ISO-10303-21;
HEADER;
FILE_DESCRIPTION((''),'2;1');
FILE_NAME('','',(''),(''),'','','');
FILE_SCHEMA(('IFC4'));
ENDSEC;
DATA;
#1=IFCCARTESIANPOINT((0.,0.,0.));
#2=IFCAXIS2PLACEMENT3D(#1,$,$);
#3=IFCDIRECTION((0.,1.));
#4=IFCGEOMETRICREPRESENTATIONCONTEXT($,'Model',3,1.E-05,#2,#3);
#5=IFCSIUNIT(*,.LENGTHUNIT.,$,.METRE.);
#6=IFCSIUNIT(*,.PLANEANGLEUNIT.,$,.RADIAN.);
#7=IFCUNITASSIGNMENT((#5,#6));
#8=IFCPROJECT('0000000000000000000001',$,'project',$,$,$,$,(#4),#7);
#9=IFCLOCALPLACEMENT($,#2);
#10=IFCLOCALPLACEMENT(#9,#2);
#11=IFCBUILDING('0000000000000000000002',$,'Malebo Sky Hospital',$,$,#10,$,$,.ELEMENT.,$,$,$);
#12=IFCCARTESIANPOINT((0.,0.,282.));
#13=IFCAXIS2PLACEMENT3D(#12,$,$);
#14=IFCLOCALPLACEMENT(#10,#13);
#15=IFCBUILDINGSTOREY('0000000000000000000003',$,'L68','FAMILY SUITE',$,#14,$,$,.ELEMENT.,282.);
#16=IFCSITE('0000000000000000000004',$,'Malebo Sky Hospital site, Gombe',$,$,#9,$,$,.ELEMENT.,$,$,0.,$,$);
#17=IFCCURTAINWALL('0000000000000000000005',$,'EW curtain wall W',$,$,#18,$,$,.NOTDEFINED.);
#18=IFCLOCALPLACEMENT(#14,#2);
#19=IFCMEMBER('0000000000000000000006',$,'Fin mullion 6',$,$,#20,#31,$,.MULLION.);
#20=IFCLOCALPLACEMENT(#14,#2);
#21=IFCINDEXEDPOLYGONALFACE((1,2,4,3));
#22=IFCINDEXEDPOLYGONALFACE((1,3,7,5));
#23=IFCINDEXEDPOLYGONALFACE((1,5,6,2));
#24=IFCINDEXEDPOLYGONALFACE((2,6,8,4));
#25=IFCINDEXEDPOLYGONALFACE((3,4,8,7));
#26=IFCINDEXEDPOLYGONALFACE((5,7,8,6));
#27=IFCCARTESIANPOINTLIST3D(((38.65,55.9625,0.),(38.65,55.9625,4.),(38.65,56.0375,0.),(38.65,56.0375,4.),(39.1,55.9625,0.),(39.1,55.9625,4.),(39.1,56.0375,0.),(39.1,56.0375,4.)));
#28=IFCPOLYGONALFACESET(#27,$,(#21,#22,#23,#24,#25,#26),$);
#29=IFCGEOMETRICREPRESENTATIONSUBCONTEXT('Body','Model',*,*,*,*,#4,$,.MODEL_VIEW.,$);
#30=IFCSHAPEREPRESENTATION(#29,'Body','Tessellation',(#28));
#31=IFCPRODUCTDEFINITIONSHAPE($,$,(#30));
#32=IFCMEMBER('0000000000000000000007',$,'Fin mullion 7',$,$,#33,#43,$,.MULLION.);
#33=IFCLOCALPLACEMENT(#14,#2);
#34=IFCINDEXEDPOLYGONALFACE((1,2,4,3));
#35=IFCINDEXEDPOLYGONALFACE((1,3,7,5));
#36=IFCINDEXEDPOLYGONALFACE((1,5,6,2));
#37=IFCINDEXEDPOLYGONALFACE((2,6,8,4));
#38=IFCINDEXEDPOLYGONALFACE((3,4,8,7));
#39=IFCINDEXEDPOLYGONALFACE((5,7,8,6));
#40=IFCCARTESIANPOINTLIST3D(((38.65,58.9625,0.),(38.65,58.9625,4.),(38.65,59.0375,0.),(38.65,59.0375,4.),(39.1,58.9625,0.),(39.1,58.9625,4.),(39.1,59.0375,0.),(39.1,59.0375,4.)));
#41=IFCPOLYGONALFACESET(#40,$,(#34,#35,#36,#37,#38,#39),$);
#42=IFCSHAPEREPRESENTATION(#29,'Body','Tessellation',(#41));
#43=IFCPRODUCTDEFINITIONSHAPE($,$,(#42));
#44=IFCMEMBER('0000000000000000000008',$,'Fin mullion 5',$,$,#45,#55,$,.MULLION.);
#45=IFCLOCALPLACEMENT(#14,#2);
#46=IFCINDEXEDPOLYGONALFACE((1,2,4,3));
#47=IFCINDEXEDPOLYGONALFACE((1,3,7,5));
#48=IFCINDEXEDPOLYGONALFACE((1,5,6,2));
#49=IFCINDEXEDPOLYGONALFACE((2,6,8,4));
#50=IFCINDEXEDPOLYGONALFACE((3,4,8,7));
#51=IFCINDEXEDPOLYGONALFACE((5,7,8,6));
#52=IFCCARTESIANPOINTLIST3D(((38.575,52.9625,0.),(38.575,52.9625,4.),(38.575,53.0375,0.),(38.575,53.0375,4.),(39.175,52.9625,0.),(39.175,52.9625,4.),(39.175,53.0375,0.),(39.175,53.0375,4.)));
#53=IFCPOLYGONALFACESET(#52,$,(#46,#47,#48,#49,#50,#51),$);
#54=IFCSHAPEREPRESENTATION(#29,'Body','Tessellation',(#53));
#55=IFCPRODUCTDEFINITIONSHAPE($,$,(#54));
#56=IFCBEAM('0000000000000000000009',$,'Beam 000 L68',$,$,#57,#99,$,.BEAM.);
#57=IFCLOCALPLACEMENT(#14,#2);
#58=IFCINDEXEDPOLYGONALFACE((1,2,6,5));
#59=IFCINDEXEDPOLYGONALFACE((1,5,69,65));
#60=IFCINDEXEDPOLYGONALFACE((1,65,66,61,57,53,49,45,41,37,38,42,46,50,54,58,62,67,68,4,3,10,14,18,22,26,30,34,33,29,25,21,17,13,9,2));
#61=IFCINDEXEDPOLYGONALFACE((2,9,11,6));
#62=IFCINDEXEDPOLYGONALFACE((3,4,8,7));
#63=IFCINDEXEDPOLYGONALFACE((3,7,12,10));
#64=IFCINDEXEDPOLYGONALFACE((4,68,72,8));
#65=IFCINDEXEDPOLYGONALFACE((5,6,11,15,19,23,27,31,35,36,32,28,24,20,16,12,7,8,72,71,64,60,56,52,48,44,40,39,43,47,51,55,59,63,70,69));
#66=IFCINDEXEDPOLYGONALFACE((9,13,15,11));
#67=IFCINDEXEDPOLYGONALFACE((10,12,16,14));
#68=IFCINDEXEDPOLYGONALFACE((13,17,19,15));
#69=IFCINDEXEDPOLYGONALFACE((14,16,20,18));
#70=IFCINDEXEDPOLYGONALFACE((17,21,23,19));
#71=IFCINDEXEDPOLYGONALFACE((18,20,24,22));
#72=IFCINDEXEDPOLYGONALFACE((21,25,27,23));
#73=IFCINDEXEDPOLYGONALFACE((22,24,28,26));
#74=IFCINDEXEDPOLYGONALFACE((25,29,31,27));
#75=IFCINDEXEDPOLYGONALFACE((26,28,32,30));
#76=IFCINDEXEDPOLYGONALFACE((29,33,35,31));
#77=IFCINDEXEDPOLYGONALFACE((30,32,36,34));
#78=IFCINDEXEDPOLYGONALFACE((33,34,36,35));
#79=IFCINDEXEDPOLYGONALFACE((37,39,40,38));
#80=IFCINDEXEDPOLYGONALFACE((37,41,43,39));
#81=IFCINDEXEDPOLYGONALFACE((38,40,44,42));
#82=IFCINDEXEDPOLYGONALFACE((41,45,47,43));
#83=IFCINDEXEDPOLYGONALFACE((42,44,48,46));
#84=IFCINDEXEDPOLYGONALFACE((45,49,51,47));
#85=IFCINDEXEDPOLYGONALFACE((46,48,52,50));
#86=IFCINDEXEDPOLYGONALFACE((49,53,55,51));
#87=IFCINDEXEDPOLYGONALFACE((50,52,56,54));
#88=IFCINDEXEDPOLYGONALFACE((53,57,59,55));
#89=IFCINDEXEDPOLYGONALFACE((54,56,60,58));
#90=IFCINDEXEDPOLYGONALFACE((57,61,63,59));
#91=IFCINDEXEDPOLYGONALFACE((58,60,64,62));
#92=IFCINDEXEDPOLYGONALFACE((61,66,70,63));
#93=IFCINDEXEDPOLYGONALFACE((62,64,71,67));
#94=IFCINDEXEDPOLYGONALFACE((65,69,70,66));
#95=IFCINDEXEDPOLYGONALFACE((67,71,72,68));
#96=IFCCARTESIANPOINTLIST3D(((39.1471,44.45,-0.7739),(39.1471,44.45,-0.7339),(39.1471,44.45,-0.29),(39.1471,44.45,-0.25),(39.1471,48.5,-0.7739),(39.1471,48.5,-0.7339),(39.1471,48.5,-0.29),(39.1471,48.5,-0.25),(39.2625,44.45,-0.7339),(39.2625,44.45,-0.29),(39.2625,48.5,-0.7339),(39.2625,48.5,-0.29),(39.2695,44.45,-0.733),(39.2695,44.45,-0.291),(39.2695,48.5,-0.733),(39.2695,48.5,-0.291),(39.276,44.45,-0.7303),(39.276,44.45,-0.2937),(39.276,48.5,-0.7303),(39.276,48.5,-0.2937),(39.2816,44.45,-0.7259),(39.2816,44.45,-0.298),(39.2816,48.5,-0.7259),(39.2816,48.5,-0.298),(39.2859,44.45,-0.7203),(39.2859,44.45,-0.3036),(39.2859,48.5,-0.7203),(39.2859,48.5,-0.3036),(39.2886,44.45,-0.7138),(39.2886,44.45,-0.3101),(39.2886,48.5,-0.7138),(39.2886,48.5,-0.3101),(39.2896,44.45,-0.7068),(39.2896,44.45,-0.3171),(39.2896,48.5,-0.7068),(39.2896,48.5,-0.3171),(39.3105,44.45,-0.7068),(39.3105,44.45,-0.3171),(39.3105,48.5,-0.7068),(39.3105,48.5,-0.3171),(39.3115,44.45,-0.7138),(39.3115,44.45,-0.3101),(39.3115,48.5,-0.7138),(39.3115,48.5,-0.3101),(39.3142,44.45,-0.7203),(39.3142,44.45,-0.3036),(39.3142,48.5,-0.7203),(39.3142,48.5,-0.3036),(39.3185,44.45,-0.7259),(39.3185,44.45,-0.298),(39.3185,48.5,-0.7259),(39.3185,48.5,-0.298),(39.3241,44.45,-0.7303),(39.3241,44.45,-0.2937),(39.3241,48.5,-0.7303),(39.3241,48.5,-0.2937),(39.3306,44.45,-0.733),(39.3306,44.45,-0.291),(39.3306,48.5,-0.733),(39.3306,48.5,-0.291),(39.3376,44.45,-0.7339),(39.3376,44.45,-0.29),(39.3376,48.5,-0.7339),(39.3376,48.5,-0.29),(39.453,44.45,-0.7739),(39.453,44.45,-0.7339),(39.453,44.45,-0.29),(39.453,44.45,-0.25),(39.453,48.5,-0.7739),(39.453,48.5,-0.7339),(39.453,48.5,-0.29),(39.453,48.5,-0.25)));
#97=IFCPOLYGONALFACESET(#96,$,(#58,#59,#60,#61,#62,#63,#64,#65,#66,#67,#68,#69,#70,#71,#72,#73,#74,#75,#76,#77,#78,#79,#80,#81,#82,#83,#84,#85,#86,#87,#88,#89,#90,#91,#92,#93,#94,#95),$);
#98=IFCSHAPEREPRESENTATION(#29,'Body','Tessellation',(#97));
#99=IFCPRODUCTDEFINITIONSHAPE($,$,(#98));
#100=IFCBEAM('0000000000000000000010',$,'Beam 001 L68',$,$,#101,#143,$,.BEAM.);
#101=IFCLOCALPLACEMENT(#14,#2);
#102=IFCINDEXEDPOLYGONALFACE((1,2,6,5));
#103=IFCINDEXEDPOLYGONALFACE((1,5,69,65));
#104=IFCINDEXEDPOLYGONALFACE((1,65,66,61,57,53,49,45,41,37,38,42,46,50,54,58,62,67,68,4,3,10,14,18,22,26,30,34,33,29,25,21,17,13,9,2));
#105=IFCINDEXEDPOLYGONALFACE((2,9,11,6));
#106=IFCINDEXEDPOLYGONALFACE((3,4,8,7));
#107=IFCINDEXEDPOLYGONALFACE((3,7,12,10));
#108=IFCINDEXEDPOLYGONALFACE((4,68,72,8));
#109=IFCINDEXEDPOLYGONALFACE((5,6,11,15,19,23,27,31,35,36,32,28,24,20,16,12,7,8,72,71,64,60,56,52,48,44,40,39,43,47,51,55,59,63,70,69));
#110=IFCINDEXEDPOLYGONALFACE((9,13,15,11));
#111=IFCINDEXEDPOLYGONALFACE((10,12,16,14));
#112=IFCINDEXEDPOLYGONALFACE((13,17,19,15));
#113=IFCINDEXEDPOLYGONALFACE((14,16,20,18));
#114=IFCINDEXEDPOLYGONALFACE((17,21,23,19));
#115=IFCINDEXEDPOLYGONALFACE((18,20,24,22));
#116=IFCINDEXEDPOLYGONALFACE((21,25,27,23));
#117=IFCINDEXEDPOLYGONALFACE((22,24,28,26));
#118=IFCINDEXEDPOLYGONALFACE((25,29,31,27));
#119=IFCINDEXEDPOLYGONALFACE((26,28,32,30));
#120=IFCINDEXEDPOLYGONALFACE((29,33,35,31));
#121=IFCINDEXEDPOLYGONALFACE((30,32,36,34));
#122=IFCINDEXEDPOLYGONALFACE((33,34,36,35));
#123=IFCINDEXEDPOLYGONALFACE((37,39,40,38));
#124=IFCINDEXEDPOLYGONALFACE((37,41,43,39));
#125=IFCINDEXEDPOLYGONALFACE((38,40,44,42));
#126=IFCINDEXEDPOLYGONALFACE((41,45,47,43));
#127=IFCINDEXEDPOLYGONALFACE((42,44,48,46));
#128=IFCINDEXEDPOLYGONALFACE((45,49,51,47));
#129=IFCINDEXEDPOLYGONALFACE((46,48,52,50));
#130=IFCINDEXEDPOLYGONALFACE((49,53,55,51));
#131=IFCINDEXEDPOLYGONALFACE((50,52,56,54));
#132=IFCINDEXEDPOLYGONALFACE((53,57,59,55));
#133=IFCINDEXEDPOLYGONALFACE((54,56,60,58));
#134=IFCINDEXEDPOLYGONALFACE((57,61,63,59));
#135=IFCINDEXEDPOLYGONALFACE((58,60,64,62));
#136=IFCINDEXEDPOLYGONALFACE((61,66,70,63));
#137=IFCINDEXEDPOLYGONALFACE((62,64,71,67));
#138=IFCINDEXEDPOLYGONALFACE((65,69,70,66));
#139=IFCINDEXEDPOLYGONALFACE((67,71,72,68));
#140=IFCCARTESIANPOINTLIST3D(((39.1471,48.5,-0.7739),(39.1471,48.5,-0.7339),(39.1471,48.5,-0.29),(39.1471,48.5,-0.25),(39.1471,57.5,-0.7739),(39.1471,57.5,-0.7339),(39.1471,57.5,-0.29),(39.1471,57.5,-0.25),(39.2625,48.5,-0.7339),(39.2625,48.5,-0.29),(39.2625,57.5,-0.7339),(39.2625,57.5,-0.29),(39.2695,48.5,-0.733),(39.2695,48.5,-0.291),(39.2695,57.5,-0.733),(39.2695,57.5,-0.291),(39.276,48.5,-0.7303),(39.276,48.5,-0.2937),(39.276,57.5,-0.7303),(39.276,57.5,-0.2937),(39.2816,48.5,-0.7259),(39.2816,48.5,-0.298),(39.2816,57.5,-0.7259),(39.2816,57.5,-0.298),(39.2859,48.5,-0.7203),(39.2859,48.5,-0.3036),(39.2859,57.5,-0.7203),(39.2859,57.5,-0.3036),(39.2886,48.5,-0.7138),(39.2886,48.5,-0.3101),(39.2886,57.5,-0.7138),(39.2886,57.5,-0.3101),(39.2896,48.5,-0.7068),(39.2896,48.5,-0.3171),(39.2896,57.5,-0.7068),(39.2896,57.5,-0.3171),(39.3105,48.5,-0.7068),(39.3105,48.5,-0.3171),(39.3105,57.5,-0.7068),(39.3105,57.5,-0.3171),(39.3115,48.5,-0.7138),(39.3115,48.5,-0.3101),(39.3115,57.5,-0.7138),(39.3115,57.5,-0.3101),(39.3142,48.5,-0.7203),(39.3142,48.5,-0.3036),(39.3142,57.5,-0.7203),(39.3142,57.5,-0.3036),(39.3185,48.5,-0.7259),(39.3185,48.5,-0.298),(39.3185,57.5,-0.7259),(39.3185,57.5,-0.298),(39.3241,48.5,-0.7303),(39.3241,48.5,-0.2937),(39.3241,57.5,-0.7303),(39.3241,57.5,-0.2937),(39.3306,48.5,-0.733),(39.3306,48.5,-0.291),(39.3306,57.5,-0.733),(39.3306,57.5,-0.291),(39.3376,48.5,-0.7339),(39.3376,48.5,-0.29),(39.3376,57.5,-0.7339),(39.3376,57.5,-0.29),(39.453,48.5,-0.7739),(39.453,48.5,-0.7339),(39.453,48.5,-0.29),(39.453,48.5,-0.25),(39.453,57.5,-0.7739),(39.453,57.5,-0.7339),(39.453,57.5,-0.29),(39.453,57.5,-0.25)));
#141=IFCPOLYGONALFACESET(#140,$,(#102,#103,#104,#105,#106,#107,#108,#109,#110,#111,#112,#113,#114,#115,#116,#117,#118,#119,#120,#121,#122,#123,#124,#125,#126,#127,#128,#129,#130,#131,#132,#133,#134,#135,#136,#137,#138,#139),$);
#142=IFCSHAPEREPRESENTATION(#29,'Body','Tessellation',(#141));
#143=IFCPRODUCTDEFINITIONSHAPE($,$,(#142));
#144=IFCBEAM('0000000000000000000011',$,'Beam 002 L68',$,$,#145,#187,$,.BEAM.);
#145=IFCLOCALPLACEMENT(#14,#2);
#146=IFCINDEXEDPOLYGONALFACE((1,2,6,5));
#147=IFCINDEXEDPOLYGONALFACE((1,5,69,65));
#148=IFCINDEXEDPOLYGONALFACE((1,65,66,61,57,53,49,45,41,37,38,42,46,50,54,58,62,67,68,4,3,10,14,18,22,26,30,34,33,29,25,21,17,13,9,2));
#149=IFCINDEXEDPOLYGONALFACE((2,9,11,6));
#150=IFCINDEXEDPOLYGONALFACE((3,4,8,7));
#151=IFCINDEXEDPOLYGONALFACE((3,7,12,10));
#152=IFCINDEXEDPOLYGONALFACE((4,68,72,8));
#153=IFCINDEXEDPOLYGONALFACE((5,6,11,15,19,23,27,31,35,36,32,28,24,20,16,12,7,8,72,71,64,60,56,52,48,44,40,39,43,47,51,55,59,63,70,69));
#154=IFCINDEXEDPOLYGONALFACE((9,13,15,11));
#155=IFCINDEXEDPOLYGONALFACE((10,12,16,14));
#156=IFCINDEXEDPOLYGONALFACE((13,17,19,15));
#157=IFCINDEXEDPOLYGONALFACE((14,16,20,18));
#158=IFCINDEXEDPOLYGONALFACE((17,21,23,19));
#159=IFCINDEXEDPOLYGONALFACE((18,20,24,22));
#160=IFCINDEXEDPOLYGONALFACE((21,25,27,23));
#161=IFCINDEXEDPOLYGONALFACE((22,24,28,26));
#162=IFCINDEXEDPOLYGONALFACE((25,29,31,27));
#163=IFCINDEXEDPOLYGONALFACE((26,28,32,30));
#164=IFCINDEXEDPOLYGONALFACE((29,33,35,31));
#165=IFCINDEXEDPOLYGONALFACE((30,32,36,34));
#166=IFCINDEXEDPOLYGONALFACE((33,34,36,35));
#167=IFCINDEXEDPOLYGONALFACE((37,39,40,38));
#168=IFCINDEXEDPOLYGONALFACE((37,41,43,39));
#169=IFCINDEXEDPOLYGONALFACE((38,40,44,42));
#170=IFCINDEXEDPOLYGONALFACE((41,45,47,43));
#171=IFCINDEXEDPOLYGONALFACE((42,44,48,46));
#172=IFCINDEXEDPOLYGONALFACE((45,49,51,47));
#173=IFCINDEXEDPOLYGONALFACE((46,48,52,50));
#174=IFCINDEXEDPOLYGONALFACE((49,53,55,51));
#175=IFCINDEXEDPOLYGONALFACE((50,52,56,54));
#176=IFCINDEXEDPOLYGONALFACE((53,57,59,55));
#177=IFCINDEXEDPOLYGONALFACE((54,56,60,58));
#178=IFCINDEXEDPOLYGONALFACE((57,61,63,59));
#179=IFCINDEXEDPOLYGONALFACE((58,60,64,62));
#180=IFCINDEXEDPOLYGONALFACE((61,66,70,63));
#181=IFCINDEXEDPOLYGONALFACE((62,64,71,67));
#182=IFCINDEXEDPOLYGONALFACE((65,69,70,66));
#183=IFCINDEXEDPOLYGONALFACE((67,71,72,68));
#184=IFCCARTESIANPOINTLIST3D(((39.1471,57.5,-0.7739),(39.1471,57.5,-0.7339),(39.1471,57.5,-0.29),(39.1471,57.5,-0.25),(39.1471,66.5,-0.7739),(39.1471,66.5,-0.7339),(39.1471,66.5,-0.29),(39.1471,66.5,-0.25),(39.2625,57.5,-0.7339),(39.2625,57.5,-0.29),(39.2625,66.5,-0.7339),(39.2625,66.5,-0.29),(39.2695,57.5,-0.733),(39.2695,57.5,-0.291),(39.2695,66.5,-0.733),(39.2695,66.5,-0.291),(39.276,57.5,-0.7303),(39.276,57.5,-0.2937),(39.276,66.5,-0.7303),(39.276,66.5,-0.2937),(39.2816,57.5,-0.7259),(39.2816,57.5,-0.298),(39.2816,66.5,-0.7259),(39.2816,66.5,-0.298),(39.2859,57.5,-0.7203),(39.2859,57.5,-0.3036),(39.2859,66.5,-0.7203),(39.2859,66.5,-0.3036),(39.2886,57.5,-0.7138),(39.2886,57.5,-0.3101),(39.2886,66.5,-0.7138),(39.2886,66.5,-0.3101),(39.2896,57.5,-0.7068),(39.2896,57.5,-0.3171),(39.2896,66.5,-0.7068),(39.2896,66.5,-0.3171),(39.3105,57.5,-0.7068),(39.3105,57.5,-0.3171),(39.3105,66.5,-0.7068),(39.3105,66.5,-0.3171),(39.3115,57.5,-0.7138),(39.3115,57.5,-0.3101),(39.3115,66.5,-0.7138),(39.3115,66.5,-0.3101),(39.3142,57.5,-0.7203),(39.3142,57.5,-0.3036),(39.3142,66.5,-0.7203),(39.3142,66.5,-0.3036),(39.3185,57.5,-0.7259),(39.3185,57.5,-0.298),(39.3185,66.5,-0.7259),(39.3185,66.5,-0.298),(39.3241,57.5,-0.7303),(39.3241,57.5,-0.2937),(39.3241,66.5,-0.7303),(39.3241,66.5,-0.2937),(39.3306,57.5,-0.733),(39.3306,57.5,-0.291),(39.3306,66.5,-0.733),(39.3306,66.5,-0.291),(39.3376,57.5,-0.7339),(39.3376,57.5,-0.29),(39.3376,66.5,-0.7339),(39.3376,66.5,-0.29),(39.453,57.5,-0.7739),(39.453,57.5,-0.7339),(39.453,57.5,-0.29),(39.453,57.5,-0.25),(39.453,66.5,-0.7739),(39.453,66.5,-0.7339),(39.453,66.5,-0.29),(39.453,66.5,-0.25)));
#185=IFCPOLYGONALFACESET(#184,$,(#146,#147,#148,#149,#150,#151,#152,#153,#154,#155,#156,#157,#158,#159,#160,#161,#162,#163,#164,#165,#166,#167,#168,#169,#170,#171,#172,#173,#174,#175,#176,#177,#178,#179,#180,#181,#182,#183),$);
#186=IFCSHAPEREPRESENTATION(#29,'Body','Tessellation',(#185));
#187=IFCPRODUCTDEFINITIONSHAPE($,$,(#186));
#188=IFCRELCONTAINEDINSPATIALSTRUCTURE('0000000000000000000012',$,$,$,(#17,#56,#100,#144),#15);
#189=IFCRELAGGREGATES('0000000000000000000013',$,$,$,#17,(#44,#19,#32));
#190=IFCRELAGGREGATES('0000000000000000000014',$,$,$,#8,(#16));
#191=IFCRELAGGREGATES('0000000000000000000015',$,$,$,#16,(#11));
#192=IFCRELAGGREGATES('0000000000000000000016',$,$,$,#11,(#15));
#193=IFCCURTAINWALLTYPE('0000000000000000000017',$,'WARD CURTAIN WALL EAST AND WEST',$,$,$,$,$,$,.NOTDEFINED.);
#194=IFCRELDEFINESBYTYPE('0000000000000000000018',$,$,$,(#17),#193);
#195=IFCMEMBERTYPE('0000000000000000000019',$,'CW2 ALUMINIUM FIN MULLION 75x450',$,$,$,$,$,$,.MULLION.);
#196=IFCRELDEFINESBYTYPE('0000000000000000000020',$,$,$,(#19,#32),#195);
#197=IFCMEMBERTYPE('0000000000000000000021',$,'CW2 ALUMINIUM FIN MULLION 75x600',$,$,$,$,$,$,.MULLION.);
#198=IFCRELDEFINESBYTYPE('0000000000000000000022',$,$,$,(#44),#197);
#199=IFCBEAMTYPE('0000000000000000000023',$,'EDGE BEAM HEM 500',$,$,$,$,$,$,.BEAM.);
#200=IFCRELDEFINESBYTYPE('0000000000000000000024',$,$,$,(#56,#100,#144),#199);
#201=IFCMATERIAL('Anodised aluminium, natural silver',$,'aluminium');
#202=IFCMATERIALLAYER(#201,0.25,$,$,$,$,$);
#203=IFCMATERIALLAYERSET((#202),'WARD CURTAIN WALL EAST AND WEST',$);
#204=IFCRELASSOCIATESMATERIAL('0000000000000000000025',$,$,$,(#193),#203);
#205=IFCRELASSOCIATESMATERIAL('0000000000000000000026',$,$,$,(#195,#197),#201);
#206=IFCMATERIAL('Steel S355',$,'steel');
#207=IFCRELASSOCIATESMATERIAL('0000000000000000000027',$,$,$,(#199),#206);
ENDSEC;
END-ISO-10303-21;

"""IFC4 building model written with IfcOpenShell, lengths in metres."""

from ifc_helpers import new_model, si_unit, direction, frame, origin, origin_2d, place, context, subcontext, project, spatial, rectangle, i_section, extrude, material, layer, layer_set, material_profile, profile_set, type_object, element, aggregate, save


model = new_model("IFC4")

# Units and contexts
model_context = context("Model", 3, precision=1e-05, world=origin(), true_north=direction((0.0, 1.0)))
body_context = subcontext(model_context, "Body", "Model", "MODEL_VIEW")
ifc_project = project(units=[si_unit("LENGTHUNIT", "METRE"), si_unit("PLANEANGLEUNIT", "RADIAN")], contexts=[model_context])

# Site, building, storey
site_placement = place(None, origin())
site = spatial("IfcSite", under=ifc_project, at=site_placement, Name="Malebo Sky Hospital site, Gombe", CompositionType="ELEMENT", RefElevation=0.0)
building_placement = place(site_placement, origin())
building = spatial("IfcBuilding", under=site, at=building_placement, Name="Malebo Sky Hospital", CompositionType="ELEMENT")
storey_placement = place(building_placement, frame((0.0, 0.0, 282.0)))
storey = spatial("IfcBuildingStorey", under=building, at=storey_placement, Name="L68", Description="FAMILY SUITE", CompositionType="ELEMENT", Elevation=282.0)

# Curtain wall
ifc_material_1 = material(Name="Anodised aluminium, natural silver", Category="aluminium")
ifc_layer_1 = layer(ifc_material_1, 0.25)
ifc_layer_set_1 = layer_set([ifc_layer_1], Name="WARD CURTAIN WALL EAST AND WEST")
curtain_wall_type = type_object("IfcCurtainWallType", Name="WARD CURTAIN WALL EAST AND WEST", PredefinedType="NOTDEFINED", material=ifc_layer_set_1)
curtain_wall_placement = place(storey_placement, origin())
curtain_wall = element("IfcCurtainWall", 1, at=curtain_wall_placement, inside=storey, type_object=curtain_wall_type, Name="EW curtain wall W", PredefinedType="NOTDEFINED")

# Members
ifc_material_2 = material(Name="Steel S355", Category="steel")
ifc_material_profile_1 = material_profile(ifc_material_1, rectangle(XDim=0.075, YDim=0.45, at=origin_2d()), Name="CW2 ALUMINIUM FIN MULLION 75x450")
ifc_profile_set_1 = profile_set([ifc_material_profile_1], Name="Anodised aluminium, natural silver")
member_type_1 = type_object("IfcMemberType", Name="CW2 ALUMINIUM FIN MULLION 75x450", PredefinedType="MULLION", material=ifc_profile_set_1)
member_1_placement = place(storey_placement, frame((38.875, 56.0, 0.0), z_axis=(0.0, 0.0, 1.0), x_axis=(0.0, 1.0, 0.0)))
member_1 = element("IfcMember", 2, at=member_1_placement, type_object=member_type_1, Name="Fin mullion 6", PredefinedType="MULLION", context=body_context, shape_type="SweptSolid", body=[
    extrude(rectangle(XDim=0.075, YDim=0.45, at=origin_2d()), origin(), (0.0, 0.0, 1.0), 4.0),
])
member_2_placement = place(storey_placement, frame((38.875, 59.0, 0.0), z_axis=(0.0, 0.0, 1.0), x_axis=(0.0, 1.0, 0.0)))
member_2 = element("IfcMember", 3, at=member_2_placement, type_object=member_type_1, Name="Fin mullion 7", PredefinedType="MULLION", context=body_context, shape_type="SweptSolid", body=[
    extrude(rectangle(XDim=0.075, YDim=0.45, at=origin_2d()), origin(), (0.0, 0.0, 1.0), 4.0),
])
ifc_material_profile_2 = material_profile(ifc_material_1, rectangle(XDim=0.075, YDim=0.6001, at=origin_2d()), Name="CW2 ALUMINIUM FIN MULLION 75x600")
ifc_profile_set_2 = profile_set([ifc_material_profile_2], Name="Anodised aluminium, natural silver")
member_type_2 = type_object("IfcMemberType", Name="CW2 ALUMINIUM FIN MULLION 75x600", PredefinedType="MULLION", material=ifc_profile_set_2)
member_3_placement = place(storey_placement, frame((38.875, 53.0, 0.0), z_axis=(0.0, 0.0, 1.0), x_axis=(0.0, 1.0, 0.0)))
member_3 = element("IfcMember", 4, at=member_3_placement, type_object=member_type_2, Name="Fin mullion 5", PredefinedType="MULLION", context=body_context, shape_type="SweptSolid", body=[
    extrude(rectangle(XDim=0.075, YDim=0.6001, at=origin_2d()), origin(), (0.0, 0.0, 1.0), 4.0),
])

# Beams
ifc_material_profile_3 = material_profile(ifc_material_2, i_section(OverallWidth=0.3059, OverallDepth=0.5239, WebThickness=0.021, FlangeThickness=0.04, FilletRadius=0.0271, at=origin_2d()), Name="HEM 500")
ifc_profile_set_3 = profile_set([ifc_material_profile_3], Name="Steel S355")
beam_type_1 = type_object("IfcBeamType", Name="EDGE BEAM HEM 500", PredefinedType="BEAM", material=ifc_profile_set_3)
beam_1_placement = place(storey_placement, frame((39.3, 44.45, -0.512), z_axis=(0.0, 1.0, 0.0), x_axis=(-1.0, 0.0, 0.0)))
element("IfcBeam", 5, at=beam_1_placement, inside=storey, type_object=beam_type_1, Name="Beam 000 L68", PredefinedType="BEAM", context=body_context, shape_type="SweptSolid", body=[
    extrude(i_section(OverallWidth=0.3059, OverallDepth=0.5239, WebThickness=0.021, FlangeThickness=0.04, FilletRadius=0.0271, at=origin_2d()), origin(), (0.0, 0.0, 1.0), 4.05),
])
for number, where, z_axis, x_axis, name in (
    (6, (39.3, 48.5, -0.512), (0.0, 1.0, 0.0), (-1.0, 0.0, 0.0), "Beam 001 L68"),
    (7, (39.3, 57.5, -0.512), (0.0, 1.0, 0.0), (-1.0, 0.0, 0.0), "Beam 002 L68"),
):
    element("IfcBeam", number, at=place(storey_placement, frame(where, z_axis=z_axis, x_axis=x_axis)), inside=storey, type_object=beam_type_1, Name=name, PredefinedType="BEAM", context=body_context, shape_type="SweptSolid", body=[
        extrude(i_section(OverallWidth=0.3059, OverallDepth=0.5239, WebThickness=0.021, FlangeThickness=0.04, FilletRadius=0.0271, at=origin_2d()), origin(), (0.0, 0.0, 1.0), 9.0),
    ])

aggregate(curtain_wall, [member_3, member_1, member_2])

save(model, "model.ifc")
